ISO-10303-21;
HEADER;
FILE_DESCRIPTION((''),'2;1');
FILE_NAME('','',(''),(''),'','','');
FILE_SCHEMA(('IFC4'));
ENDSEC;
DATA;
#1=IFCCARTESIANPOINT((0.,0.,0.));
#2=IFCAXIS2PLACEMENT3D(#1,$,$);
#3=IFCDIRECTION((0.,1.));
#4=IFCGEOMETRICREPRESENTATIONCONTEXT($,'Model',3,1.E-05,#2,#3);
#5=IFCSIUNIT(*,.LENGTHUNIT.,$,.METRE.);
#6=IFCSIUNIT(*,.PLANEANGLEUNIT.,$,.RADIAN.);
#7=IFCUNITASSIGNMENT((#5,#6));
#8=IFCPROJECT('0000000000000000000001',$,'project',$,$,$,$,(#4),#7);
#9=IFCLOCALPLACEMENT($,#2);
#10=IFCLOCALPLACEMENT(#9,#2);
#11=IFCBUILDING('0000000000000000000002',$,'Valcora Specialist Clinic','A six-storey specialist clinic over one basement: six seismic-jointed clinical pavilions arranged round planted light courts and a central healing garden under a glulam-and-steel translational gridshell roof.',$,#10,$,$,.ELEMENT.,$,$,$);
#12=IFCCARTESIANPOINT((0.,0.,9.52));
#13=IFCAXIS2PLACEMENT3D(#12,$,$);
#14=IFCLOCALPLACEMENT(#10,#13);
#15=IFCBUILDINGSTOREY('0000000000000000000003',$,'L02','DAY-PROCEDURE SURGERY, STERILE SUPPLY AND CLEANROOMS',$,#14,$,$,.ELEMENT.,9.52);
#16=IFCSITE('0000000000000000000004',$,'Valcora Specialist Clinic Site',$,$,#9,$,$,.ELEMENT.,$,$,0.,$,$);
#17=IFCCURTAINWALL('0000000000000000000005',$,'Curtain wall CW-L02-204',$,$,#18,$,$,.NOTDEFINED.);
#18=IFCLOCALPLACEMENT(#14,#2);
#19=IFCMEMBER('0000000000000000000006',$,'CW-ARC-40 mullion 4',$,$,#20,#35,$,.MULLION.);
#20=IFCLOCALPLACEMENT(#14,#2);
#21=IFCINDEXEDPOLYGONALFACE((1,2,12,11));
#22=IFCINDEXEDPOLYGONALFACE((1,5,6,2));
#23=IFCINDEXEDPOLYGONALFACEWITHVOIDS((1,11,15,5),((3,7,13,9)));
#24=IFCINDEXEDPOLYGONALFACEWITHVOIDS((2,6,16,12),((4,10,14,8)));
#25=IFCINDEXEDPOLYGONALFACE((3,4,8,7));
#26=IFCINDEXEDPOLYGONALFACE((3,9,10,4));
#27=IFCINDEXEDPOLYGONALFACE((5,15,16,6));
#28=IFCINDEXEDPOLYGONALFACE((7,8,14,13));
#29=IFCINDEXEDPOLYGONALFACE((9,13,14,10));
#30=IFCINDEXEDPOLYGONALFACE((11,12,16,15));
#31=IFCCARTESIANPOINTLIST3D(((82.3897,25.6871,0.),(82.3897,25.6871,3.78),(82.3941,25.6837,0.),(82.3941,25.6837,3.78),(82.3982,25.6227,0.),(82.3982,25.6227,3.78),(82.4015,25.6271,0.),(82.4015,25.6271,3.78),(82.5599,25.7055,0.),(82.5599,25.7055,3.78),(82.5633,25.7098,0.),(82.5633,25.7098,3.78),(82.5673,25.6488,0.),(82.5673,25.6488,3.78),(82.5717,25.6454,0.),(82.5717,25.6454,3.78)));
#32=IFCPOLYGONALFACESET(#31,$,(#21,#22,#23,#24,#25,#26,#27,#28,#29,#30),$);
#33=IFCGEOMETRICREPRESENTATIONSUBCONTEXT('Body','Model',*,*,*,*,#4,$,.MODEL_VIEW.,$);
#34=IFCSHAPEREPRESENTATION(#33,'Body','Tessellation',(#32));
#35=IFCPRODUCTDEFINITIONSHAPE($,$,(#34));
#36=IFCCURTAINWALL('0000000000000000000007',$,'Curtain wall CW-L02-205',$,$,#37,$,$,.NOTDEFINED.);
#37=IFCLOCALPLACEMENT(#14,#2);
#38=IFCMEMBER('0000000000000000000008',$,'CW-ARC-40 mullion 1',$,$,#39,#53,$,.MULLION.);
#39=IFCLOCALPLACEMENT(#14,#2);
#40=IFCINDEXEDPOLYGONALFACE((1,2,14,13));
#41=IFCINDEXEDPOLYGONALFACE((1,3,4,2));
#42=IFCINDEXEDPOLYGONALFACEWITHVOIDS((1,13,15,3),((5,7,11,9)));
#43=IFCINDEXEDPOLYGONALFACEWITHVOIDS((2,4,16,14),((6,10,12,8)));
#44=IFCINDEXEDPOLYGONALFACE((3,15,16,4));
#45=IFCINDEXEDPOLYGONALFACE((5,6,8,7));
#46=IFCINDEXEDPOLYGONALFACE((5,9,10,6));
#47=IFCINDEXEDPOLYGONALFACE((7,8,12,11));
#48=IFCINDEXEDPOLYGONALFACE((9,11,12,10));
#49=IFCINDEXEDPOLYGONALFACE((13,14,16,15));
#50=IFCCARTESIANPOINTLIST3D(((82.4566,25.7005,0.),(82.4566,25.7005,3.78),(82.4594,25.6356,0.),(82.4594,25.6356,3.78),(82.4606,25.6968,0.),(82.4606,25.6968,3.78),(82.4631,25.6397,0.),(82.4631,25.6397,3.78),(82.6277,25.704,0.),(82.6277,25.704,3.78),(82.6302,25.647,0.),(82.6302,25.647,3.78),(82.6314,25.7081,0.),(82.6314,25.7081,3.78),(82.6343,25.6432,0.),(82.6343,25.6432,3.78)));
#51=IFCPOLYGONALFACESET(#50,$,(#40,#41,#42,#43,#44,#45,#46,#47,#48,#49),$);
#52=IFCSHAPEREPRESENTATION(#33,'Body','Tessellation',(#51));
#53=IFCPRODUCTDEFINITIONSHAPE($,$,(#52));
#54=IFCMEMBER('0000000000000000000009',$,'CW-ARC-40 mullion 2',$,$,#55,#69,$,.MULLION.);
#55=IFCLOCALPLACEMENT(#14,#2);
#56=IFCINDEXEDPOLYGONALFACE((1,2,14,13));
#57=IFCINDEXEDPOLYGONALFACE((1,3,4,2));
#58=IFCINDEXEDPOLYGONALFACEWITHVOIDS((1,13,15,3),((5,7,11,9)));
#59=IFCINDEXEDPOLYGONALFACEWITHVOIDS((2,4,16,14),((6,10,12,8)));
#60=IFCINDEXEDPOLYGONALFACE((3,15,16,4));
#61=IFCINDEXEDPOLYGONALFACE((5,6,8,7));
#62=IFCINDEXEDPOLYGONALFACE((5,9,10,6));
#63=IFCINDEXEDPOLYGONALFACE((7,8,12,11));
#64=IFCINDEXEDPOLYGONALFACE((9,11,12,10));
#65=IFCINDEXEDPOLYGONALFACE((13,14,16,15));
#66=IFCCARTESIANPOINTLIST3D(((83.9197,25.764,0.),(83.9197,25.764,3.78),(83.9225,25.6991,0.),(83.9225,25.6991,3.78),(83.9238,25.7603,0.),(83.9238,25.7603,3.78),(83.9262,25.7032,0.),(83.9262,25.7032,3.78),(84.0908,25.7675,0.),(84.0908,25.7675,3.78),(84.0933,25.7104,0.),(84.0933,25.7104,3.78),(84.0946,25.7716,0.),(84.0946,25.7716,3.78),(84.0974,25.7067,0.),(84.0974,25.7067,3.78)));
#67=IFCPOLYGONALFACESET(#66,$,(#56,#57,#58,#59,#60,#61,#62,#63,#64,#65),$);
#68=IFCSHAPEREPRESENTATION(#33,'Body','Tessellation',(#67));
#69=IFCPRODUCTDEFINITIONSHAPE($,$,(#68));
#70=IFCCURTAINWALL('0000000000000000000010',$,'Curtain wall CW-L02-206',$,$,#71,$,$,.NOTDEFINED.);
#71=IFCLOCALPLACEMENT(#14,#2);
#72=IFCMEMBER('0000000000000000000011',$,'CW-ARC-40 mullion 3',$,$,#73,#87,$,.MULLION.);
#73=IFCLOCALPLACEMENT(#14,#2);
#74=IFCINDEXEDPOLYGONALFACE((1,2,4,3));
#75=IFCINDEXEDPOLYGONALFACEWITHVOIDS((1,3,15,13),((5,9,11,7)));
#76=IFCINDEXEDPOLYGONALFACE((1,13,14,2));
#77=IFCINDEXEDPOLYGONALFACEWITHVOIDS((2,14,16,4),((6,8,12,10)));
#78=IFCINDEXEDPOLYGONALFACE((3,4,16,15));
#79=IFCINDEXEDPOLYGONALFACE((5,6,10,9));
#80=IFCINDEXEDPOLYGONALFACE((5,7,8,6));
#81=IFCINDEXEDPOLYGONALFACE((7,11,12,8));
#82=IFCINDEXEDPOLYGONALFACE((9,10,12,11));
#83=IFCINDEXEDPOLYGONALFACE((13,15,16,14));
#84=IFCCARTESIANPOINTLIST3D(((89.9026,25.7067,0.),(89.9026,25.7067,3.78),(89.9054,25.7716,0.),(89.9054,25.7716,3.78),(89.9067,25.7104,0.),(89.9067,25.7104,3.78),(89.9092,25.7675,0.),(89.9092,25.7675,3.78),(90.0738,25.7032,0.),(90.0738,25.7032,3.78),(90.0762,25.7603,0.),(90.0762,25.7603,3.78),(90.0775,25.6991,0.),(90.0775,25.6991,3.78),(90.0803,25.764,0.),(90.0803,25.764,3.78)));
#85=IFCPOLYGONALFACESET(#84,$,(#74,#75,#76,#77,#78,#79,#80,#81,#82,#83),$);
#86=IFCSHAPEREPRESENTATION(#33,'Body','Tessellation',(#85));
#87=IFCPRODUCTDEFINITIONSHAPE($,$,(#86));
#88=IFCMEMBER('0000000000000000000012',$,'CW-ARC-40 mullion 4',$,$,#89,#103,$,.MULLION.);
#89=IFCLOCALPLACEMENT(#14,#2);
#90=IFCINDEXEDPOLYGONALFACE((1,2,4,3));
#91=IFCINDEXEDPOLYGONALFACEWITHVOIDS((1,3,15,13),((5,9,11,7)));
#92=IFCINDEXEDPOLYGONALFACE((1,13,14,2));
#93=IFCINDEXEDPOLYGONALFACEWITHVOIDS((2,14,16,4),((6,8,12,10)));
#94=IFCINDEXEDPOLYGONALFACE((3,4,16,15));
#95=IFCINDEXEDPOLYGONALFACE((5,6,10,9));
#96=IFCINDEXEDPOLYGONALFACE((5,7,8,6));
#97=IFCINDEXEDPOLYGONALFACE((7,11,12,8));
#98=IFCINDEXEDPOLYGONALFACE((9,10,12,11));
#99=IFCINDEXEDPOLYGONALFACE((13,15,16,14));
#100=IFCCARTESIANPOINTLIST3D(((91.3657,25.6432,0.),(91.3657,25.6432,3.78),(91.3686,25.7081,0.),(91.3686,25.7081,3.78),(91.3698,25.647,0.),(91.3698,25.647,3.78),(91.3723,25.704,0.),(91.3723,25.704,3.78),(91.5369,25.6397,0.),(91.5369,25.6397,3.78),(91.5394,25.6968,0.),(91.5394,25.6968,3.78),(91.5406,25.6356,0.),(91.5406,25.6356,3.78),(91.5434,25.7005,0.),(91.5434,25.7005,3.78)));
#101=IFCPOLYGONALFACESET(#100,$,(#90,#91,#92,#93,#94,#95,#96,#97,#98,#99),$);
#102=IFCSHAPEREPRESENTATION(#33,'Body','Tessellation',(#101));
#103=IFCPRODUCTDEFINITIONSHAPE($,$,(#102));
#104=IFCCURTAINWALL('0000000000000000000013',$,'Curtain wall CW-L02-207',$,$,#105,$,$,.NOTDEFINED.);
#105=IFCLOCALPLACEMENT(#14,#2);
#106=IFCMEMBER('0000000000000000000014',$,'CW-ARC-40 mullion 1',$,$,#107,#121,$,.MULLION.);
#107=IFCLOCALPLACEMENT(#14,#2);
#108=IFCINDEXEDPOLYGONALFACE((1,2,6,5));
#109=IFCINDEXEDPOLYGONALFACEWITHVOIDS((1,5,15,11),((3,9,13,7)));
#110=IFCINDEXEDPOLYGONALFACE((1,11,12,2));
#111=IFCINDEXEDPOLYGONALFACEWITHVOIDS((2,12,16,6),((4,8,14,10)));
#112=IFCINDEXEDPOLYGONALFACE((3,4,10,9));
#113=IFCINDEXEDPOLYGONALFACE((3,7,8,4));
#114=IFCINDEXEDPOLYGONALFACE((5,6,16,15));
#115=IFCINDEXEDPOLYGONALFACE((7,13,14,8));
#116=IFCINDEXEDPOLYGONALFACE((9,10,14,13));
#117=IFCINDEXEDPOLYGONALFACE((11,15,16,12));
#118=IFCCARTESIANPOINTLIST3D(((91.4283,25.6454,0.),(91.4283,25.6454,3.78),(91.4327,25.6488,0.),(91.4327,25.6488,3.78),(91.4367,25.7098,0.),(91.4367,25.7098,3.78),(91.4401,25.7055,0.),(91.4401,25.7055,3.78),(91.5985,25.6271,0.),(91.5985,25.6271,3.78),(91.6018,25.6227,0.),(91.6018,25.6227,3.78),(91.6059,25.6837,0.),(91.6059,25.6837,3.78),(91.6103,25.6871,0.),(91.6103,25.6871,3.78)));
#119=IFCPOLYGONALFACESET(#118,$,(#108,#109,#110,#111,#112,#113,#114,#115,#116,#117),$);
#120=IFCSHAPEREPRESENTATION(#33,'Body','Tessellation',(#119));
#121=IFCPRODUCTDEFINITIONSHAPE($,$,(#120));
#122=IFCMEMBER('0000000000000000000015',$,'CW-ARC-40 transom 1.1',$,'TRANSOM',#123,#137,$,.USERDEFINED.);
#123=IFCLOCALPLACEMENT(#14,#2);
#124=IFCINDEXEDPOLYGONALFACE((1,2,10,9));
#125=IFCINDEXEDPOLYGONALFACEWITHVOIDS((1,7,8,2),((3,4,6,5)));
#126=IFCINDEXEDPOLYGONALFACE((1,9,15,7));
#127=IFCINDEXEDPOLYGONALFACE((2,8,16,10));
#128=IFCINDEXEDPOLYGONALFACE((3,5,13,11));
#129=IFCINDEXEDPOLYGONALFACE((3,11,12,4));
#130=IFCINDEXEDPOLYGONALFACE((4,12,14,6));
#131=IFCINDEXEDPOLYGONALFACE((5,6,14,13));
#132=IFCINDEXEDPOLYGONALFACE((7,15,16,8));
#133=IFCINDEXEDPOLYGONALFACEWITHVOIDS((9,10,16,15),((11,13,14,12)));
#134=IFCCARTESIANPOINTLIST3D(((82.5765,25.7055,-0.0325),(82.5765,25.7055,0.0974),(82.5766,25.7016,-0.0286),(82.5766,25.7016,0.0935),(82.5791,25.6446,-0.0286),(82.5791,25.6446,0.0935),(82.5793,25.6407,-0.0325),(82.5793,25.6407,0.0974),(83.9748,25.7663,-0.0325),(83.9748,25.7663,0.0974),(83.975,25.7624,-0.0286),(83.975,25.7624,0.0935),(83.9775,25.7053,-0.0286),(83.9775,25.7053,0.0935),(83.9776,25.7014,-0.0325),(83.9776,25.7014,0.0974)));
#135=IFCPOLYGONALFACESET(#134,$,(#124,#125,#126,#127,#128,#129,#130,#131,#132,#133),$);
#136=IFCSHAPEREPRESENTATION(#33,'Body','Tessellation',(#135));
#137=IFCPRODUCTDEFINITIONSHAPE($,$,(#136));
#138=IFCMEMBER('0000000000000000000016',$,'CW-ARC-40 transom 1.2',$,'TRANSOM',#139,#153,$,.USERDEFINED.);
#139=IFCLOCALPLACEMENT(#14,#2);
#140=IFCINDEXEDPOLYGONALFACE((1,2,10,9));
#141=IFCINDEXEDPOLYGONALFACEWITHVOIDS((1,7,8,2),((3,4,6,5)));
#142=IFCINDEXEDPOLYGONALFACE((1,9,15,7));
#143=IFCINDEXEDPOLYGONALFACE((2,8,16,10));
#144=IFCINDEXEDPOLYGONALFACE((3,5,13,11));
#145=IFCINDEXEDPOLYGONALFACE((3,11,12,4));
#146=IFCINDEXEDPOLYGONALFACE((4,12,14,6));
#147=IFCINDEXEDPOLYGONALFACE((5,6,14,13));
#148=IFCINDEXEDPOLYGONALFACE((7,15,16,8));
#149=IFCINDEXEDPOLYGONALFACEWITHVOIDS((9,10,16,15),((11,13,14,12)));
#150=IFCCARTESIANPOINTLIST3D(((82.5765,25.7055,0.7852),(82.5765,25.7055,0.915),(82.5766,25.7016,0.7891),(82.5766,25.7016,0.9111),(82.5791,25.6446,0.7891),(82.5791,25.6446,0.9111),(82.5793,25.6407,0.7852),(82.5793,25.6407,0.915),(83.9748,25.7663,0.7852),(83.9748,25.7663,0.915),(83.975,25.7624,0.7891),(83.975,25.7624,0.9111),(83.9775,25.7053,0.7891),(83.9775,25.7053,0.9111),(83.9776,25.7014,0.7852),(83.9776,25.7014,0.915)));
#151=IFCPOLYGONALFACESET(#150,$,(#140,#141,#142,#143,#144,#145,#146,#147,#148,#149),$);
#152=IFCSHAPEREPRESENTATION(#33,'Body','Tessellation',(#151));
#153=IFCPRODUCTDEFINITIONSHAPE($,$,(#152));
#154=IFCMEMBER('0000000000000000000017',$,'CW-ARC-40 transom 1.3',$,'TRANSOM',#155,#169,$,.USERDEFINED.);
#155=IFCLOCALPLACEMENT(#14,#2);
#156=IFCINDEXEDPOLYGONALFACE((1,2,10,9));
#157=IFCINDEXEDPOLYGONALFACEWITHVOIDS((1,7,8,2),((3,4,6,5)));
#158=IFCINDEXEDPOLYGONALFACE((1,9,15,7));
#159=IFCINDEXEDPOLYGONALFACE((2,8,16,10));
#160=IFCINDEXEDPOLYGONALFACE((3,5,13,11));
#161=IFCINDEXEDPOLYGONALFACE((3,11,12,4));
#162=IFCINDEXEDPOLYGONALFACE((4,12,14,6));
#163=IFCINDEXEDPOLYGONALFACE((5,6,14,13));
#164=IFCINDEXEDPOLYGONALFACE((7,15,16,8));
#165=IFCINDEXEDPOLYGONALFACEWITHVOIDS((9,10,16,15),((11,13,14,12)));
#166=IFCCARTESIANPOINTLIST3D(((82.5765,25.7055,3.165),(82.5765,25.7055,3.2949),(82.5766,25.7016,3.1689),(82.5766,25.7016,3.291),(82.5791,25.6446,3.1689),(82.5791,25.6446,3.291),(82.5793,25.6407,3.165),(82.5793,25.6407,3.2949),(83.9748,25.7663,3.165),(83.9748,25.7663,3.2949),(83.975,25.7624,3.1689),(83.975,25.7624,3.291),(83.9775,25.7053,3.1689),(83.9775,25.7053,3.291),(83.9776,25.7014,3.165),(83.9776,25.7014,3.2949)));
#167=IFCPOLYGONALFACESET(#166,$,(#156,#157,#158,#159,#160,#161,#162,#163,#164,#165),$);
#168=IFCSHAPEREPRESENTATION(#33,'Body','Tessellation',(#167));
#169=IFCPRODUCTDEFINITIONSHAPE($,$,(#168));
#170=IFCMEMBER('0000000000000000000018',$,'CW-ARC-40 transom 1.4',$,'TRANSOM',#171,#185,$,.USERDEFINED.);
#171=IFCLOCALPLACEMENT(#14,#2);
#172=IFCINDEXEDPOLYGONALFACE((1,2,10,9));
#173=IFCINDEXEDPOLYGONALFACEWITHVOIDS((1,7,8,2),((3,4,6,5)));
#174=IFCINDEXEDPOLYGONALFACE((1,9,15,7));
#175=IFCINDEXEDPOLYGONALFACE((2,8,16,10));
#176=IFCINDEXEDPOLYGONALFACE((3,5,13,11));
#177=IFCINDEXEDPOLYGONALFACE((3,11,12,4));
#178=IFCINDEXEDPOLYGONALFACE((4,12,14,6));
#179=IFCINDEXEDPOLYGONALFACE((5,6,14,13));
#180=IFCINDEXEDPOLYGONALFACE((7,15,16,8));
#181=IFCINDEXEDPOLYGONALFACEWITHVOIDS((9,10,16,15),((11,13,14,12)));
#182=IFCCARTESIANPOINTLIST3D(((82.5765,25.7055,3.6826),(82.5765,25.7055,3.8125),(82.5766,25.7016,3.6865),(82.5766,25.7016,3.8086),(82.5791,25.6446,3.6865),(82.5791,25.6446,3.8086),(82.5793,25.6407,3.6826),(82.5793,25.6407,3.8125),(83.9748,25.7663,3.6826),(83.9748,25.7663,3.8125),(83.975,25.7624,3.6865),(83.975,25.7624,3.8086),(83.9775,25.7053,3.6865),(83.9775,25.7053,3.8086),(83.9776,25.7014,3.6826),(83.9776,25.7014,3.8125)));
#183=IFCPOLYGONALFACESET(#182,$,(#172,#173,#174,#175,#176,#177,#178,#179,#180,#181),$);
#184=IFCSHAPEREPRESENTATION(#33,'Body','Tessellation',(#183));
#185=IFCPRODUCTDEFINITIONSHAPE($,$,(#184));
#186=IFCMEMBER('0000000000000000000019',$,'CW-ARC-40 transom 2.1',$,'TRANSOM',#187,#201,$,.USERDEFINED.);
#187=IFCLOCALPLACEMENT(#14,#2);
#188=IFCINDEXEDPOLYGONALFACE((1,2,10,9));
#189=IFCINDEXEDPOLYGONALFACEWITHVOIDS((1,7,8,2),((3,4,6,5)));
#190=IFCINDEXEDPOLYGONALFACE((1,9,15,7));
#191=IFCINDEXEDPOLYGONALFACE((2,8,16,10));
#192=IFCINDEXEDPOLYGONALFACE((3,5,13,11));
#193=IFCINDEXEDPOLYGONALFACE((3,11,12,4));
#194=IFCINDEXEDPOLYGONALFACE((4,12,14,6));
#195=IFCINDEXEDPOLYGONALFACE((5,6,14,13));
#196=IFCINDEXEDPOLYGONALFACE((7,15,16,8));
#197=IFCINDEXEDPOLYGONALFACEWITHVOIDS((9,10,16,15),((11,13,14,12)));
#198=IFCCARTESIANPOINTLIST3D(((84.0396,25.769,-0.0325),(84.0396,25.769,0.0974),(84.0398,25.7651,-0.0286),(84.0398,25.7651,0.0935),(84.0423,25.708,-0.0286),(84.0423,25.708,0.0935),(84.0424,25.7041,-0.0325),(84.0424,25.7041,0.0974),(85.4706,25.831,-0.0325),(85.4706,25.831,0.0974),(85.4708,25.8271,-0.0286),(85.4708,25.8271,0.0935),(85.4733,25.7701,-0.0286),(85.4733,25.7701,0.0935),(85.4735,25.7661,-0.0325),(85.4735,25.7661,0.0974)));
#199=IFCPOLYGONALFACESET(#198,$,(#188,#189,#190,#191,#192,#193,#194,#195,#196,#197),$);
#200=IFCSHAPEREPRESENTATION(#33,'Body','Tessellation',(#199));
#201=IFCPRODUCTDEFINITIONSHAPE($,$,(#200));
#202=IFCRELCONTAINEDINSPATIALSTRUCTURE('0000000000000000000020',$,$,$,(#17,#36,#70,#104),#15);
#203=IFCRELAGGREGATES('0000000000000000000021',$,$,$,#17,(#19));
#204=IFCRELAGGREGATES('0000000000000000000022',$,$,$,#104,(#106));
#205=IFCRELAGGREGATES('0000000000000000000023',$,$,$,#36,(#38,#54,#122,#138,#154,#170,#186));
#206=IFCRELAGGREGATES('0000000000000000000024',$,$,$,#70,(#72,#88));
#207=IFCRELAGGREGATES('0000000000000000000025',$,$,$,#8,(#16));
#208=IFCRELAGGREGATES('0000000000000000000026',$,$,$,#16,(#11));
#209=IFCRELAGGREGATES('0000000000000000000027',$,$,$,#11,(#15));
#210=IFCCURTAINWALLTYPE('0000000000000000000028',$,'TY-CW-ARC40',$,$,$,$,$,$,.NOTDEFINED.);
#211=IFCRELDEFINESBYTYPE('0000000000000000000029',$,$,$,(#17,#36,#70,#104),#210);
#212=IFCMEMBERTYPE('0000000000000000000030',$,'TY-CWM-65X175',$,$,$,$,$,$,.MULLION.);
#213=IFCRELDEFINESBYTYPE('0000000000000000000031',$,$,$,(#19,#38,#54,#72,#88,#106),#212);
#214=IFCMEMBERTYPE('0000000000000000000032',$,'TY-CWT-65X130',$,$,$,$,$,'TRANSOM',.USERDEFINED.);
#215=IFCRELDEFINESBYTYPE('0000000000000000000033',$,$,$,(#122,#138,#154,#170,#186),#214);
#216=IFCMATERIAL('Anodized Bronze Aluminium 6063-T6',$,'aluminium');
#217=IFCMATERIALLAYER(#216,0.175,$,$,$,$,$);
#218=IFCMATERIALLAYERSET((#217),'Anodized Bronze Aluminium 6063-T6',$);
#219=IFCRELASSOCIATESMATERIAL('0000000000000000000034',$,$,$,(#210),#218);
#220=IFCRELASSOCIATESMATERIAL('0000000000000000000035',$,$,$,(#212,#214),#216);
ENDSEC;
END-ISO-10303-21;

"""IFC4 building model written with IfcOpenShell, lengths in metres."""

from ifc_helpers import new_model, si_unit, direction, frame, origin, origin_2d, place, context, subcontext, project, spatial, hollow_rectangle, extrude, material, layer, layer_set, material_profile, profile_set, type_object, element, aggregate, save


model = new_model("IFC4")

# Units and contexts
model_context = context("Model", 3, precision=1e-05, world=origin(), true_north=direction((0.0, 1.0)))
body_context = subcontext(model_context, "Body", "Model", "MODEL_VIEW")
ifc_project = project(units=[si_unit("LENGTHUNIT", "METRE"), si_unit("PLANEANGLEUNIT", "RADIAN")], contexts=[model_context])

# Site, building, storey
site_placement = place(None, origin())
site = spatial("IfcSite", under=ifc_project, at=site_placement, Name="Valcora Specialist Clinic Site", CompositionType="ELEMENT", RefElevation=0.0)
building_placement = place(site_placement, origin())
building = spatial("IfcBuilding", under=site, at=building_placement, Name="Valcora Specialist Clinic", Description="A six-storey specialist clinic over one basement: six seismic-jointed clinical pavilions arranged round planted light courts and a central healing garden under a glulam-and-steel translational gridshell roof.", CompositionType="ELEMENT")
storey_placement = place(building_placement, frame((0.0, 0.0, 9.52)))
storey = spatial("IfcBuildingStorey", under=building, at=storey_placement, Name="L02", Description="DAY-PROCEDURE SURGERY, STERILE SUPPLY AND CLEANROOMS", CompositionType="ELEMENT", Elevation=9.52)

# Curtain wall, member
ifc_material_1 = material(Name="Anodized Bronze Aluminium 6063-T6", Category="aluminium")
ifc_layer_1 = layer(ifc_material_1, 0.175)
ifc_layer_set_1 = layer_set([ifc_layer_1], Name="Anodized Bronze Aluminium 6063-T6")
curtain_wall_type = type_object("IfcCurtainWallType", Name="TY-CW-ARC40", PredefinedType="NOTDEFINED", material=ifc_layer_set_1)
curtain_wall_1_placement = place(storey_placement, origin())
curtain_wall_1 = element("IfcCurtainWall", 1, at=curtain_wall_1_placement, inside=storey, type_object=curtain_wall_type, Name="Curtain wall CW-L02-204", PredefinedType="NOTDEFINED")
ifc_material_profile_1 = material_profile(ifc_material_1, hollow_rectangle(XDim=0.0649, YDim=0.175, WallThickness=0.0039, at=origin_2d()), Name="AL-MUL-65X175")
ifc_profile_set_1 = profile_set([ifc_material_profile_1], Name="Anodized Bronze Aluminium 6063-T6")
member_type_1 = type_object("IfcMemberType", Name="TY-CWM-65X175", PredefinedType="MULLION", material=ifc_profile_set_1)
member_1_placement = place(storey_placement, frame((82.4807, 25.6663, 0.0), z_axis=(0.0, 0.0, 1.0), x_axis=(-0.129999, 0.991514, 0.0)))
member_1 = element("IfcMember", 2, at=member_1_placement, type_object=member_type_1, Name="CW-ARC-40 mullion 4", PredefinedType="MULLION", context=body_context, shape_type="SweptSolid", body=[
    extrude(hollow_rectangle(XDim=0.0649, YDim=0.175, WallThickness=0.0039, at=origin_2d()), origin(), (0.0, 0.0, 1.0), 3.78),
])
aggregate(curtain_wall_1, [member_1])

# Curtain walls, members
curtain_wall_2_placement = place(storey_placement, origin())
curtain_wall_2 = element("IfcCurtainWall", 3, at=curtain_wall_2_placement, inside=storey, type_object=curtain_wall_type, Name="Curtain wall CW-L02-205", PredefinedType="NOTDEFINED")
member_2_placement = place(storey_placement, frame((82.5454, 25.6719, 0.0), z_axis=(0.0, 0.0, 1.0), x_axis=(-0.043307, 0.999062, 0.0)))
member_2 = element("IfcMember", 4, at=member_2_placement, type_object=member_type_1, Name="CW-ARC-40 mullion 1", PredefinedType="MULLION", context=body_context, shape_type="SweptSolid", body=[
    extrude(hollow_rectangle(XDim=0.0649, YDim=0.175, WallThickness=0.0039, at=origin_2d()), origin(), (0.0, 0.0, 1.0), 3.78),
])
member_3_placement = place(storey_placement, frame((84.0085, 25.7354, 0.0), z_axis=(0.0, 0.0, 1.0), x_axis=(-0.043307, 0.999062, 0.0)))
member_3 = element("IfcMember", 5, at=member_3_placement, type_object=member_type_1, Name="CW-ARC-40 mullion 2", PredefinedType="MULLION", context=body_context, shape_type="SweptSolid", body=[
    extrude(hollow_rectangle(XDim=0.0649, YDim=0.175, WallThickness=0.0039, at=origin_2d()), origin(), (0.0, 0.0, 1.0), 3.78),
])
curtain_wall_3_placement = place(storey_placement, origin())
curtain_wall_3 = element("IfcCurtainWall", 6, at=curtain_wall_3_placement, inside=storey, type_object=curtain_wall_type, Name="Curtain wall CW-L02-206", PredefinedType="NOTDEFINED")
member_4_placement = place(storey_placement, frame((89.9915, 25.7354, 0.0), z_axis=(0.0, 0.0, 1.0), x_axis=(0.043307, 0.999062, 0.0)))
member_4 = element("IfcMember", 7, at=member_4_placement, type_object=member_type_1, Name="CW-ARC-40 mullion 3", PredefinedType="MULLION", context=body_context, shape_type="SweptSolid", body=[
    extrude(hollow_rectangle(XDim=0.0649, YDim=0.175, WallThickness=0.0039, at=origin_2d()), origin(), (0.0, 0.0, 1.0), 3.78),
])
member_5_placement = place(storey_placement, frame((91.4546, 25.6719, 0.0), z_axis=(0.0, 0.0, 1.0), x_axis=(0.043307, 0.999062, 0.0)))
member_5 = element("IfcMember", 8, at=member_5_placement, type_object=member_type_1, Name="CW-ARC-40 mullion 4", PredefinedType="MULLION", context=body_context, shape_type="SweptSolid", body=[
    extrude(hollow_rectangle(XDim=0.0649, YDim=0.175, WallThickness=0.0039, at=origin_2d()), origin(), (0.0, 0.0, 1.0), 3.78),
])

# Curtain wall, member
curtain_wall_4_placement = place(storey_placement, origin())
curtain_wall_4 = element("IfcCurtainWall", 9, at=curtain_wall_4_placement, inside=storey, type_object=curtain_wall_type, Name="Curtain wall CW-L02-207", PredefinedType="NOTDEFINED")
member_6_placement = place(storey_placement, frame((91.5193, 25.6663, 0.0), z_axis=(0.0, 0.0, 1.0), x_axis=(0.129999, 0.991514, 0.0)))
member_6 = element("IfcMember", 10, at=member_6_placement, type_object=member_type_1, Name="CW-ARC-40 mullion 1", PredefinedType="MULLION", context=body_context, shape_type="SweptSolid", body=[
    extrude(hollow_rectangle(XDim=0.0649, YDim=0.175, WallThickness=0.0039, at=origin_2d()), origin(), (0.0, 0.0, 1.0), 3.78),
])

# Members
ifc_material_profile_2 = material_profile(ifc_material_1, hollow_rectangle(XDim=0.0649, YDim=0.1299, WallThickness=0.0039, at=origin_2d()), Name="AL-TRN-65X130")
ifc_profile_set_2 = profile_set([ifc_material_profile_2], Name="Anodized Bronze Aluminium 6063-T6")
member_type_2 = type_object("IfcMemberType", Name="TY-CWT-65X130", ElementType="TRANSOM", PredefinedType="USERDEFINED", material=ifc_profile_set_2)
member_7_placement = place(storey_placement, frame((82.5779, 25.6731, 0.0325), z_axis=(0.999056, 0.04343, 0.0), x_axis=(-0.04343, 0.999056, 0.0)))
member_7 = element("IfcMember", 11, at=member_7_placement, type_object=member_type_2, Name="CW-ARC-40 transom 1.1", ObjectType="TRANSOM", PredefinedType="USERDEFINED", context=body_context, shape_type="SweptSolid", body=[
    extrude(hollow_rectangle(XDim=0.0649, YDim=0.1299, WallThickness=0.0039, at=origin_2d()), origin(), (0.0, 0.0, 1.0), 1.3997),
])
member_8_placement = place(storey_placement, frame((82.5779, 25.6731, 0.8501), z_axis=(0.999056, 0.04343, 0.0), x_axis=(-0.04343, 0.999056, 0.0)))
member_8 = element("IfcMember", 12, at=member_8_placement, type_object=member_type_2, Name="CW-ARC-40 transom 1.2", ObjectType="TRANSOM", PredefinedType="USERDEFINED", context=body_context, shape_type="SweptSolid", body=[
    extrude(hollow_rectangle(XDim=0.0649, YDim=0.1299, WallThickness=0.0039, at=origin_2d()), origin(), (0.0, 0.0, 1.0), 1.3997),
])
member_9_placement = place(storey_placement, frame((82.5779, 25.6731, 3.23), z_axis=(0.999056, 0.04343, 0.0), x_axis=(-0.04343, 0.999056, 0.0)))
member_9 = element("IfcMember", 13, at=member_9_placement, type_object=member_type_2, Name="CW-ARC-40 transom 1.3", ObjectType="TRANSOM", PredefinedType="USERDEFINED", context=body_context, shape_type="SweptSolid", body=[
    extrude(hollow_rectangle(XDim=0.0649, YDim=0.1299, WallThickness=0.0039, at=origin_2d()), origin(), (0.0, 0.0, 1.0), 1.3997),
])
member_10_placement = place(storey_placement, frame((82.5779, 25.6731, 3.7476), z_axis=(0.999056, 0.04343, 0.0), x_axis=(-0.04343, 0.999056, 0.0)))
member_10 = element("IfcMember", 14, at=member_10_placement, type_object=member_type_2, Name="CW-ARC-40 transom 1.4", ObjectType="TRANSOM", PredefinedType="USERDEFINED", context=body_context, shape_type="SweptSolid", body=[
    extrude(hollow_rectangle(XDim=0.0649, YDim=0.1299, WallThickness=0.0039, at=origin_2d()), origin(), (0.0, 0.0, 1.0), 1.3997),
])
member_11_placement = place(storey_placement, frame((84.041, 25.7366, 0.0325), z_axis=(0.999062, 0.043297, 0.0), x_axis=(-0.043297, 0.999062, 0.0)))
member_11 = element("IfcMember", 15, at=member_11_placement, type_object=member_type_2, Name="CW-ARC-40 transom 2.1", ObjectType="TRANSOM", PredefinedType="USERDEFINED", context=body_context, shape_type="SweptSolid", body=[
    extrude(hollow_rectangle(XDim=0.0649, YDim=0.1299, WallThickness=0.0039, at=origin_2d()), origin(), (0.0, 0.0, 1.0), 1.4324),
])

aggregate(curtain_wall_4, [member_6])
aggregate(curtain_wall_2, [member_2, member_3, member_7, member_8, member_9, member_10, member_11])
aggregate(curtain_wall_3, [member_4, member_5])

save(model, "model.ifc")
